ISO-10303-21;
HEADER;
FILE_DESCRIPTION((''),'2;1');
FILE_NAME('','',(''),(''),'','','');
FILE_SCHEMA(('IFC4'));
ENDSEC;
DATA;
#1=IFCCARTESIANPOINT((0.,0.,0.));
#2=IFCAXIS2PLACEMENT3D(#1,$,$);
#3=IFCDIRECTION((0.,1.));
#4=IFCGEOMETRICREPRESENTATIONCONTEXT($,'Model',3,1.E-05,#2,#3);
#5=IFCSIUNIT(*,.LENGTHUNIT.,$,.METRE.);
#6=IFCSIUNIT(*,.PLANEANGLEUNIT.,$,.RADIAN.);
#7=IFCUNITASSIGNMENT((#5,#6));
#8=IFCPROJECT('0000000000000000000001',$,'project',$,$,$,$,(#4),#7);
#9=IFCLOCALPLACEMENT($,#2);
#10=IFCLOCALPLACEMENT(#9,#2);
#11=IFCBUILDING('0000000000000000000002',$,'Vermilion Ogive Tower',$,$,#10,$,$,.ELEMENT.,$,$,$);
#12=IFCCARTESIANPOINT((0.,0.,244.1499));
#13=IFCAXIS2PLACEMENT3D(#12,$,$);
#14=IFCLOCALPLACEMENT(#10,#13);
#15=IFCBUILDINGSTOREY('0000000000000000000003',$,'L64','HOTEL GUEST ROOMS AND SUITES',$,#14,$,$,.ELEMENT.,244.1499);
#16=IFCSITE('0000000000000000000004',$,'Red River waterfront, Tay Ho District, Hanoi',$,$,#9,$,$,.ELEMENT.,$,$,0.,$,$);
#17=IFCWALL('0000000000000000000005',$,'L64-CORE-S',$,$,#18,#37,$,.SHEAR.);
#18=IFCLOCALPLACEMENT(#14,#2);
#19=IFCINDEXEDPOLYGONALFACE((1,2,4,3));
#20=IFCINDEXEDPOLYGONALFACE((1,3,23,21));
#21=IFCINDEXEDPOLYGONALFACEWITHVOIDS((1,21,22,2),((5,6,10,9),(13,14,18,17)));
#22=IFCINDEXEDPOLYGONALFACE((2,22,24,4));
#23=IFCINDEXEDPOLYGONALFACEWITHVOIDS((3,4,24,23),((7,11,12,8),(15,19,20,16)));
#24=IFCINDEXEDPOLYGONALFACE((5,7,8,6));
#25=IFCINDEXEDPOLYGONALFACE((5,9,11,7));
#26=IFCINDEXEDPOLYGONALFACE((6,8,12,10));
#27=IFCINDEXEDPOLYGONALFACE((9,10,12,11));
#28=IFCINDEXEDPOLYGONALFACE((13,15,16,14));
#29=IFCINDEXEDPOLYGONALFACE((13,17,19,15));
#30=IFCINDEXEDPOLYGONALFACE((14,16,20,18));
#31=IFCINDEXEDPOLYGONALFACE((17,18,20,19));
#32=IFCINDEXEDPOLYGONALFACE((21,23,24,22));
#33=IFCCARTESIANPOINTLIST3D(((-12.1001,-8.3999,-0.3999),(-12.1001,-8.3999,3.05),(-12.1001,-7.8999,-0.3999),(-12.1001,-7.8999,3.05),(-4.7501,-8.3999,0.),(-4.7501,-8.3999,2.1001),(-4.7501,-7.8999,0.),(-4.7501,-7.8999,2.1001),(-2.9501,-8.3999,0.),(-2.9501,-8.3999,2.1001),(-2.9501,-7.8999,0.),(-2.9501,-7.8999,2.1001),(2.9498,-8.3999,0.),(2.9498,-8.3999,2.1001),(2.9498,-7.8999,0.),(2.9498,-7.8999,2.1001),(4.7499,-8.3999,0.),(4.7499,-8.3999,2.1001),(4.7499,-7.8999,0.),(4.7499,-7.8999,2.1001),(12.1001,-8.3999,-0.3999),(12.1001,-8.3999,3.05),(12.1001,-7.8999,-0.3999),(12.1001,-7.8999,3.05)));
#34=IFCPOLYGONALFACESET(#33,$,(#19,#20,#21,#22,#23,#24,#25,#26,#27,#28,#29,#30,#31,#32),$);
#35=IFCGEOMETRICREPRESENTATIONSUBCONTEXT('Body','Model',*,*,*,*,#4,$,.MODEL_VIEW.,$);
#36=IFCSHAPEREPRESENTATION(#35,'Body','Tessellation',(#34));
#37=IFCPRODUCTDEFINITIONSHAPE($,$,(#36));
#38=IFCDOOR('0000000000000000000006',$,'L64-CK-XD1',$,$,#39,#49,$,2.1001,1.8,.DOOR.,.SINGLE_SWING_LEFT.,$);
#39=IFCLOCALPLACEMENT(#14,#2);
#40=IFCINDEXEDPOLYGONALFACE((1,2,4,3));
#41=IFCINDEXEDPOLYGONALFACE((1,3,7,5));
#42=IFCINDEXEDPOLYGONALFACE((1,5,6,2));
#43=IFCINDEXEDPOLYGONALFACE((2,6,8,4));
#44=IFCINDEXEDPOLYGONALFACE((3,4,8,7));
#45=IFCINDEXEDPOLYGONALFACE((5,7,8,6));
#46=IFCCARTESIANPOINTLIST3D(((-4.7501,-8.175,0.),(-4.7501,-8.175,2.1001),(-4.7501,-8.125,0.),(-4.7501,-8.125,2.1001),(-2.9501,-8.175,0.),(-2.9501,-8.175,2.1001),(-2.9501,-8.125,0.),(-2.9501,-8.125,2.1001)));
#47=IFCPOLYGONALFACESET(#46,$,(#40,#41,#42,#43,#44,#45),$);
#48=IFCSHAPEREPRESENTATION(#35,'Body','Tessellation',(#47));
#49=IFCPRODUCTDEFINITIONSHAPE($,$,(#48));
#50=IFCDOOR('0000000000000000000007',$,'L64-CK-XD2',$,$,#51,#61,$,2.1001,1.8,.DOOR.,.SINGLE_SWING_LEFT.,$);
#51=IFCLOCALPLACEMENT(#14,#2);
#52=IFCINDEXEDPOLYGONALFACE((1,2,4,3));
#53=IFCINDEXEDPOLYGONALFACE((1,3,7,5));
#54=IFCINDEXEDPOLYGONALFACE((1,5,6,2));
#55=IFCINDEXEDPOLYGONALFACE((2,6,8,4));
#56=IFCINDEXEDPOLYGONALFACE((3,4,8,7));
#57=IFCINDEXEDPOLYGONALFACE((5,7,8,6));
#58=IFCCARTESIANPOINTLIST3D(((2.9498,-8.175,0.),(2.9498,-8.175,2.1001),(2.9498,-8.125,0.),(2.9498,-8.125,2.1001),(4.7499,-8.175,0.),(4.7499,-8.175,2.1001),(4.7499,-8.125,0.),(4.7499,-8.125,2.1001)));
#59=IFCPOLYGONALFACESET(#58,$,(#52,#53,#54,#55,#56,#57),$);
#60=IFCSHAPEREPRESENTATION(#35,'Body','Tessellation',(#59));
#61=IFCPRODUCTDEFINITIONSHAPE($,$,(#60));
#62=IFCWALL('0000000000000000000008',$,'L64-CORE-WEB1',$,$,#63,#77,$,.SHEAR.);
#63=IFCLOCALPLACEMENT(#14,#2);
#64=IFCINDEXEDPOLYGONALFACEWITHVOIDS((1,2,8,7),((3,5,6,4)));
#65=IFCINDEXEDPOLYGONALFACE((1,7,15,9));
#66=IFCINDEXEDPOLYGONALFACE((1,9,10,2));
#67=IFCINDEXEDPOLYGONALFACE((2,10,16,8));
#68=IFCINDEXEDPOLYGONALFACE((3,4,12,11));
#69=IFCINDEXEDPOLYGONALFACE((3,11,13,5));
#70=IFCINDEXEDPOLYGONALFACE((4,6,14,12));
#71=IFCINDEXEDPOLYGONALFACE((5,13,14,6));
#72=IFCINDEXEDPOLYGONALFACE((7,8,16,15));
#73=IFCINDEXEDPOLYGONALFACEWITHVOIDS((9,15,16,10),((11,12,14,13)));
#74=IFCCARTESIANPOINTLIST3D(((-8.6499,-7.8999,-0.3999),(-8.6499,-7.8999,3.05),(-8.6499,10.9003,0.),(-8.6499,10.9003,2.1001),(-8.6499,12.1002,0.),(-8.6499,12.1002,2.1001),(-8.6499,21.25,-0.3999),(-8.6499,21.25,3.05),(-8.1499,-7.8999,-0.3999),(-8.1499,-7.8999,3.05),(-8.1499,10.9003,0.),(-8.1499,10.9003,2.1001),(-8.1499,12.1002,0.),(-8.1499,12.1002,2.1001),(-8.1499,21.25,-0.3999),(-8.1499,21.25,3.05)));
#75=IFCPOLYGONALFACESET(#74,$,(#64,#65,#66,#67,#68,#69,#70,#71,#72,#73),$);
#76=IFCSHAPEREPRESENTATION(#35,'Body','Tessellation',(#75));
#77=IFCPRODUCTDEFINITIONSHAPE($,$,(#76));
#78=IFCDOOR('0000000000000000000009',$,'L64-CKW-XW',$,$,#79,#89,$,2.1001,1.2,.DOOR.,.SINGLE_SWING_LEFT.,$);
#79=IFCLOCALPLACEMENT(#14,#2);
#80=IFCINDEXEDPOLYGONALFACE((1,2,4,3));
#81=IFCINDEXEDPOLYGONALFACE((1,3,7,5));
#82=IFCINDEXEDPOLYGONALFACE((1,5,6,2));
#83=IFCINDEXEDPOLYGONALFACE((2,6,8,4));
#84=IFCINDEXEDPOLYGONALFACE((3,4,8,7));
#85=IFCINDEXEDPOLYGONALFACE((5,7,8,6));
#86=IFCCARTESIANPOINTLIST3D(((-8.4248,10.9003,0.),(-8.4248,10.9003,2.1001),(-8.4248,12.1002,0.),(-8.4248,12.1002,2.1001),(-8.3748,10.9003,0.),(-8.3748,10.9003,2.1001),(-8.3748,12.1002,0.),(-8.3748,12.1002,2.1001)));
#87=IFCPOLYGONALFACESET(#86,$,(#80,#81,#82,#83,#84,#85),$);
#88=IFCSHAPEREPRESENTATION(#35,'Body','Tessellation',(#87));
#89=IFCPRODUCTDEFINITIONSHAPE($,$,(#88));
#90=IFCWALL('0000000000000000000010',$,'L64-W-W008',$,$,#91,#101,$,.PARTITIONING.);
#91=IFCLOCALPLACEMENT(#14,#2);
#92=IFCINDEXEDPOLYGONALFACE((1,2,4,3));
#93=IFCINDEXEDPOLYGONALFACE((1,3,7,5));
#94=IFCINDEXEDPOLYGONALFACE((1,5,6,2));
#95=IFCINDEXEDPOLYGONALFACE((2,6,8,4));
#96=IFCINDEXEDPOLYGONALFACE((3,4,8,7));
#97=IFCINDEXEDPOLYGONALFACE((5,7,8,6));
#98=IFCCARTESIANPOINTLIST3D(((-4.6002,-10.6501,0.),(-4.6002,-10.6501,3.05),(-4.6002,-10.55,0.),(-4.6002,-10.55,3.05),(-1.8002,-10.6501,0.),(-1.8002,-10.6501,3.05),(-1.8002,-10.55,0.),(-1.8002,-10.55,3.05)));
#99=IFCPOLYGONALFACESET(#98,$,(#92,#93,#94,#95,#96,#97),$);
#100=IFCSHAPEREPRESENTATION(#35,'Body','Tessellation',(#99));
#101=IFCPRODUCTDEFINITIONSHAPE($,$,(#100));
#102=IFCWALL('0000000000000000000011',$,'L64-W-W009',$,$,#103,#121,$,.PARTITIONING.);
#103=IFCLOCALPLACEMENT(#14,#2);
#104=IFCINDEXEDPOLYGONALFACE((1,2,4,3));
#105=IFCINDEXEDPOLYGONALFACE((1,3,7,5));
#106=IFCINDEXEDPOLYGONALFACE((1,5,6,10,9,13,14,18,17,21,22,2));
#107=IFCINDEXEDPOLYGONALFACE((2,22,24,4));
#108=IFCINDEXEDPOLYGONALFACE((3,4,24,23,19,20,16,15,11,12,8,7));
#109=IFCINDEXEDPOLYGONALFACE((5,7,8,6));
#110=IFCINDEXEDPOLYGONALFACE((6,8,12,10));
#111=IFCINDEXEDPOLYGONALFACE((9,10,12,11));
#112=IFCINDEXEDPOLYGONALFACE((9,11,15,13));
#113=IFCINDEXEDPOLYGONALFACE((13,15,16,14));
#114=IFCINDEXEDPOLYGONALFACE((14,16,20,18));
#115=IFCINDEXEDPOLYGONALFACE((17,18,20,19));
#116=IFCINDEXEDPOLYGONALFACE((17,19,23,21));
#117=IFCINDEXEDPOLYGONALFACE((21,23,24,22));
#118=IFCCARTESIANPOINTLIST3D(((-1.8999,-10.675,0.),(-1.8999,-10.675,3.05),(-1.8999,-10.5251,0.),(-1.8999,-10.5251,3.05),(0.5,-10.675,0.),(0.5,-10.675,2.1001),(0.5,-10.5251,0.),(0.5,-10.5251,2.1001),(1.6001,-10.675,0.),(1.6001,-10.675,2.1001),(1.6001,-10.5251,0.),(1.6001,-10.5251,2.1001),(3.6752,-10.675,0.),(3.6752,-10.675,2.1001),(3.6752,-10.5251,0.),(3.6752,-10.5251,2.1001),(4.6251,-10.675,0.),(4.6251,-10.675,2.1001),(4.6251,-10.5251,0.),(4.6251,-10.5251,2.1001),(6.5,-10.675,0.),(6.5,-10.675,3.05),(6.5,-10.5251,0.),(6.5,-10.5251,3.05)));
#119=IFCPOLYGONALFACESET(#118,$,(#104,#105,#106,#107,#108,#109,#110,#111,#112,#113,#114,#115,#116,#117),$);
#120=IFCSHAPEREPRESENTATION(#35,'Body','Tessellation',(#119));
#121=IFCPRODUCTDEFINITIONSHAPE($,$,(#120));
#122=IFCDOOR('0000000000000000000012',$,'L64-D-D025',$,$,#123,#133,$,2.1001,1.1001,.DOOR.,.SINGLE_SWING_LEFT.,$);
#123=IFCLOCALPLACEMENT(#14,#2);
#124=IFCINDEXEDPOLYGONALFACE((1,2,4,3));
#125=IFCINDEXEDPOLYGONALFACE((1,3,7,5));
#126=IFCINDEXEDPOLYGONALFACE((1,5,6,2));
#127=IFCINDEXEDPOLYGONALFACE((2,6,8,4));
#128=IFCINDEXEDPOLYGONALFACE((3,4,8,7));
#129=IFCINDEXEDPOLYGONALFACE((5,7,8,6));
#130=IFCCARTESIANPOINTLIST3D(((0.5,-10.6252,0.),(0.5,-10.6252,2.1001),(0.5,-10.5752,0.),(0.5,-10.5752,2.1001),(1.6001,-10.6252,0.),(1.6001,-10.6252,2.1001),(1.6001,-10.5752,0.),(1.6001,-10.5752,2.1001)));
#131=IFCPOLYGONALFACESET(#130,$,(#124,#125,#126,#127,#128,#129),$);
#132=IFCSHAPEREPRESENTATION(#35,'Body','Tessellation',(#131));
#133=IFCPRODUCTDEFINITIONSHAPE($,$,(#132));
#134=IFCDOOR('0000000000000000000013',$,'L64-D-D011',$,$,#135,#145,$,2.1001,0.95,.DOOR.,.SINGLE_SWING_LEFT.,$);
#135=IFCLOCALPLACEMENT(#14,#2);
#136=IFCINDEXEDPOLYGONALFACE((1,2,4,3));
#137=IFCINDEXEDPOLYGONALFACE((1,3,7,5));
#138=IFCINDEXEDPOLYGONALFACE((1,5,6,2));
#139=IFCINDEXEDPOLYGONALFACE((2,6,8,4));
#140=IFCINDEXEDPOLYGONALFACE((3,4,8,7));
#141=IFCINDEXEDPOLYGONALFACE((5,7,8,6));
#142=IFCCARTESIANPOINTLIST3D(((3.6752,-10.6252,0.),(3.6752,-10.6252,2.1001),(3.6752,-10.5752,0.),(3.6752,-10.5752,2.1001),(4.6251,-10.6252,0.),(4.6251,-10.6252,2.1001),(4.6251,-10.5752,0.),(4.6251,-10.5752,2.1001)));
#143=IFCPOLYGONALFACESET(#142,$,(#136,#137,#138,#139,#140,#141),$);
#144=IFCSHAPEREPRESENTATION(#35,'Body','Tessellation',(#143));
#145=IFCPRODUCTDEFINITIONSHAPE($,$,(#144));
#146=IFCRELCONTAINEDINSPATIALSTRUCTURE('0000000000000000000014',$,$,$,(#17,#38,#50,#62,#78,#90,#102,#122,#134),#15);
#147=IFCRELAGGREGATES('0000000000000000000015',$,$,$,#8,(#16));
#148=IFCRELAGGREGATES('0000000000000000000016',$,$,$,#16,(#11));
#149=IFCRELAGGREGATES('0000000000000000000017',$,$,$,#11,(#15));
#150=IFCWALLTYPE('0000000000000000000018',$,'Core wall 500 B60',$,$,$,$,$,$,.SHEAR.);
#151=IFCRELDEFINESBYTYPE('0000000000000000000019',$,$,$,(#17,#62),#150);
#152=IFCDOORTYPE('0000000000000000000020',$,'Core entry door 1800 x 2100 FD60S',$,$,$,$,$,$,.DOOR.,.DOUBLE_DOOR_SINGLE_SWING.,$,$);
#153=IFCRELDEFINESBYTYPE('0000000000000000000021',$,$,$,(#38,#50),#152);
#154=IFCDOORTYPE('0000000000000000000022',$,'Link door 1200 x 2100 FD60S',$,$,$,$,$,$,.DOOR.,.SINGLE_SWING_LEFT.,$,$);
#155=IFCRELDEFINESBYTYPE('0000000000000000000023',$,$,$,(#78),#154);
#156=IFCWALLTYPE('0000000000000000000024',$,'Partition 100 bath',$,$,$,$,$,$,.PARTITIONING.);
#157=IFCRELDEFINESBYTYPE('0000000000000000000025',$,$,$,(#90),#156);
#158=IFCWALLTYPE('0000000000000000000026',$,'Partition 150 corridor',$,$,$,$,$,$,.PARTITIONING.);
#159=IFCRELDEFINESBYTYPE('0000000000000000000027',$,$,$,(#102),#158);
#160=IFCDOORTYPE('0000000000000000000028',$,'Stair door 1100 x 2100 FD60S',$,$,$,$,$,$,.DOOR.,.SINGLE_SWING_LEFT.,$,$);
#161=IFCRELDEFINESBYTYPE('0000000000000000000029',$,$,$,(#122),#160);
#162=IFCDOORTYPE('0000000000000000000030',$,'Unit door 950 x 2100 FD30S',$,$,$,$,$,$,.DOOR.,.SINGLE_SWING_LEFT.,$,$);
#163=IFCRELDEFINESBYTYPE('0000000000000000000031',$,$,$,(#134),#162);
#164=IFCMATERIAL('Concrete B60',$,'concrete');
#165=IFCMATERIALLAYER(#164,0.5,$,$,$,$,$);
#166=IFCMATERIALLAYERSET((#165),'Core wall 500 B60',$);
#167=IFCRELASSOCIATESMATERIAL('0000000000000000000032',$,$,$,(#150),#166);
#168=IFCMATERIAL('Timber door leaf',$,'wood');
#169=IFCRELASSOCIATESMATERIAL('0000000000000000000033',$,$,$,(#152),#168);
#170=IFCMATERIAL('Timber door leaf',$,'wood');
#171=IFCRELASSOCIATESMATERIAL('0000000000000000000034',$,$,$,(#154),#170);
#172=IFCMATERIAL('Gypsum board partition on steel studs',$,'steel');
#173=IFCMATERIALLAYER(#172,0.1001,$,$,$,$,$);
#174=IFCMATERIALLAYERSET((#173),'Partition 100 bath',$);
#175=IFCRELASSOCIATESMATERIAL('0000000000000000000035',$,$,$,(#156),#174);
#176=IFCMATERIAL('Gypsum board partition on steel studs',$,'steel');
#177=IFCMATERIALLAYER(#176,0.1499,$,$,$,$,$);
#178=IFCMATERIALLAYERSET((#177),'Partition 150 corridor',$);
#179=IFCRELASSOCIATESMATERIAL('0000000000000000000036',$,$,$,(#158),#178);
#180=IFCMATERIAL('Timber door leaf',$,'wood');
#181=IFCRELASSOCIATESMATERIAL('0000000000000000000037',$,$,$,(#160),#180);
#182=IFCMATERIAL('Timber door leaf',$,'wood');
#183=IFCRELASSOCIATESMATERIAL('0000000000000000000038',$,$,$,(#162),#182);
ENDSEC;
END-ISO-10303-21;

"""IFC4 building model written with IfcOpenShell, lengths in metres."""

from ifc_helpers import new_model, si_unit, direction, frame, frame_2d, origin, place, context, subcontext, project, spatial, rectangle, extrude, material, layer, layer_set, type_object, element, fill, save


model = new_model("IFC4")

# Units and contexts
model_context = context("Model", 3, precision=1e-05, world=origin(), true_north=direction((0.0, 1.0)))
body_context = subcontext(model_context, "Body", "Model", "MODEL_VIEW")
ifc_project = project(units=[si_unit("LENGTHUNIT", "METRE"), si_unit("PLANEANGLEUNIT", "RADIAN")], contexts=[model_context])

# Site, building, storey
site_placement = place(None, origin())
site = spatial("IfcSite", under=ifc_project, at=site_placement, Name="Red River waterfront, Tay Ho District, Hanoi", CompositionType="ELEMENT", RefElevation=0.0)
building_placement = place(site_placement, origin())
building = spatial("IfcBuilding", under=site, at=building_placement, Name="Vermilion Ogive Tower", CompositionType="ELEMENT")
storey_placement = place(building_placement, frame((0.0, 0.0, 244.1499)))
storey = spatial("IfcBuildingStorey", under=building, at=storey_placement, Name="L64", Description="HOTEL GUEST ROOMS AND SUITES", CompositionType="ELEMENT", Elevation=244.1499)

# Wall, openings, doors
ifc_material_1 = material(Name="Concrete B60", Category="concrete")
ifc_layer_1 = layer(ifc_material_1, 0.5)
ifc_layer_set_1 = layer_set([ifc_layer_1], Name="Core wall 500 B60")
wall_type_1 = type_object("IfcWallType", Name="Core wall 500 B60", PredefinedType="SHEAR", material=ifc_layer_set_1)
wall_1_placement = place(storey_placement, frame((-12.1001, -8.1499, -0.3999), z_axis=(0.0, 0.0, 1.0), x_axis=(1.0, 0.0, 0.0)))
wall_1 = element("IfcWall", 1, at=wall_1_placement, inside=storey, type_object=wall_type_1, Name="L64-CORE-S", PredefinedType="SHEAR", context=body_context, shape_type="SweptSolid", body=[
    extrude(rectangle(XDim=24.2002, YDim=0.5, at=frame_2d((12.1001, 0.0))), origin(), (0.0, 0.0, 1.0), 3.45),
])
opening_1_placement = place(wall_1_placement, frame((7.3501, 0.0, 0.3999)))
opening_1 = element("IfcOpeningElement", 2, at=opening_1_placement, cuts=wall_1, PredefinedType="OPENING", context=body_context, shape_type="SweptSolid", body=[
    extrude(rectangle(XDim=1.8, YDim=2.1001, at=frame_2d((0.8999, 1.05))), frame((0.0, 0.26, 0.0), z_axis=(0.0, -1.0, 0.0), x_axis=(1.0, 0.0, 0.0)), (0.0, 0.0, 1.0), 0.52),
])
opening_2_placement = place(wall_1_placement, frame((15.05, 0.0, 0.3999)))
opening_2 = element("IfcOpeningElement", 3, at=opening_2_placement, cuts=wall_1, PredefinedType="OPENING", context=body_context, shape_type="SweptSolid", body=[
    extrude(rectangle(XDim=1.8, YDim=2.1001, at=frame_2d((0.8999, 1.05))), frame((0.0, 0.26, 0.0), z_axis=(0.0, -1.0, 0.0), x_axis=(1.0, 0.0, 0.0)), (0.0, 0.0, 1.0), 0.52),
])
ifc_material_2 = material(Name="Timber door leaf", Category="wood")
door_type_1 = type_object("IfcDoorType", Name="Core entry door 1800 x 2100 FD60S", OperationType="DOUBLE_DOOR_SINGLE_SWING", PredefinedType="DOOR", material=ifc_material_2)
door_1_placement = place(opening_1_placement, origin())
door_1 = element("IfcDoor", 4, at=door_1_placement, inside=storey, type_object=door_type_1, Name="L64-CK-XD1", OperationType="SINGLE_SWING_LEFT", OverallHeight=2.1001, OverallWidth=1.8, PredefinedType="DOOR", context=body_context, shape_type="SweptSolid", body=[
    extrude(rectangle(XDim=1.8, YDim=2.1001, at=frame_2d((0.8999, 1.05))), frame((0.0, 0.0249, 0.0), z_axis=(0.0, -1.0, 0.0), x_axis=(1.0, 0.0, 0.0)), (0.0, 0.0, 1.0), 0.05),
])
fill(opening_1, door_1)
door_2_placement = place(opening_2_placement, origin())
door_2 = element("IfcDoor", 5, at=door_2_placement, inside=storey, type_object=door_type_1, Name="L64-CK-XD2", OperationType="SINGLE_SWING_LEFT", OverallHeight=2.1001, OverallWidth=1.8, PredefinedType="DOOR", context=body_context, shape_type="SweptSolid", body=[
    extrude(rectangle(XDim=1.8, YDim=2.1001, at=frame_2d((0.8999, 1.05))), frame((0.0, 0.0249, 0.0), z_axis=(0.0, -1.0, 0.0), x_axis=(1.0, 0.0, 0.0)), (0.0, 0.0, 1.0), 0.05),
])
fill(opening_2, door_2)

# Wall, opening, door
wall_2_placement = place(storey_placement, frame((-8.3999, -7.8999, -0.3999), z_axis=(0.0, 0.0, 1.0), x_axis=(0.0, 1.0, 0.0)))
wall_2 = element("IfcWall", 6, at=wall_2_placement, inside=storey, type_object=wall_type_1, Name="L64-CORE-WEB1", PredefinedType="SHEAR", context=body_context, shape_type="SweptSolid", body=[
    extrude(rectangle(XDim=29.1499, YDim=0.5, at=frame_2d((14.575, 0.0))), origin(), (0.0, 0.0, 1.0), 3.45),
])
opening_3_placement = place(wall_2_placement, frame((18.8, 0.0, 0.3999)))
opening_3 = element("IfcOpeningElement", 7, at=opening_3_placement, cuts=wall_2, PredefinedType="OPENING", context=body_context, shape_type="SweptSolid", body=[
    extrude(rectangle(XDim=1.2, YDim=2.1001, at=frame_2d((0.6001, 1.05))), frame((0.0, 0.26, 0.0), z_axis=(0.0, -1.0, 0.0), x_axis=(1.0, 0.0, 0.0)), (0.0, 0.0, 1.0), 0.52),
])
ifc_material_3 = material(Name="Timber door leaf", Category="wood")
door_type_2 = type_object("IfcDoorType", Name="Link door 1200 x 2100 FD60S", OperationType="SINGLE_SWING_LEFT", PredefinedType="DOOR", material=ifc_material_3)
door_3_placement = place(opening_3_placement, origin())
door_3 = element("IfcDoor", 8, at=door_3_placement, inside=storey, type_object=door_type_2, Name="L64-CKW-XW", OperationType="SINGLE_SWING_LEFT", OverallHeight=2.1001, OverallWidth=1.2, PredefinedType="DOOR", context=body_context, shape_type="SweptSolid", body=[
    extrude(rectangle(XDim=1.2, YDim=2.1001, at=frame_2d((0.6001, 1.05))), frame((0.0, 0.0249, 0.0), z_axis=(0.0, -1.0, 0.0), x_axis=(1.0, 0.0, 0.0)), (0.0, 0.0, 1.0), 0.05),
])
fill(opening_3, door_3)

# Wall
ifc_material_4 = material(Name="Gypsum board partition on steel studs", Category="steel")
ifc_layer_2 = layer(ifc_material_4, 0.1001)
ifc_layer_set_2 = layer_set([ifc_layer_2], Name="Partition 100 bath")
wall_type_2 = type_object("IfcWallType", Name="Partition 100 bath", PredefinedType="PARTITIONING", material=ifc_layer_set_2)
wall_3_placement = place(storey_placement, frame((-4.6001, -10.6001, 0.0), z_axis=(0.0, 0.0, 1.0), x_axis=(1.0, 0.0, 0.0)))
element("IfcWall", 9, at=wall_3_placement, inside=storey, type_object=wall_type_2, Name="L64-W-W008", PredefinedType="PARTITIONING", context=body_context, shape_type="SweptSolid", body=[
    extrude(rectangle(XDim=2.8, YDim=0.1001, at=frame_2d((1.3999, 0.0))), origin(), (0.0, 0.0, 1.0), 3.05),
])

# Wall, openings, doors
ifc_material_5 = material(Name="Gypsum board partition on steel studs", Category="steel")
ifc_layer_3 = layer(ifc_material_5, 0.1499)
ifc_layer_set_3 = layer_set([ifc_layer_3], Name="Partition 150 corridor")
wall_type_3 = type_object("IfcWallType", Name="Partition 150 corridor", PredefinedType="PARTITIONING", material=ifc_layer_set_3)
wall_4_placement = place(storey_placement, frame((-1.8999, -10.6001, 0.0), z_axis=(0.0, 0.0, 1.0), x_axis=(1.0, 0.0, 0.0)))
wall_4 = element("IfcWall", 10, at=wall_4_placement, inside=storey, type_object=wall_type_3, Name="L64-W-W009", PredefinedType="PARTITIONING", context=body_context, shape_type="SweptSolid", body=[
    extrude(rectangle(XDim=8.3999, YDim=0.1499, at=frame_2d((4.2, 0.0))), origin(), (0.0, 0.0, 1.0), 3.05),
])
opening_4_placement = place(wall_4_placement, frame((5.575, 0.0, 0.0)))
opening_4 = element("IfcOpeningElement", 11, at=opening_4_placement, cuts=wall_4, PredefinedType="OPENING", context=body_context, shape_type="SweptSolid", body=[
    extrude(rectangle(XDim=0.95, YDim=2.1001, at=frame_2d((0.4751, 1.05))), frame((0.0, 0.085, 0.0), z_axis=(0.0, -1.0, 0.0), x_axis=(1.0, 0.0, 0.0)), (0.0, 0.0, 1.0), 0.1699),
])
opening_5_placement = place(wall_4_placement, frame((2.3999, 0.0, 0.0)))
opening_5 = element("IfcOpeningElement", 12, at=opening_5_placement, cuts=wall_4, PredefinedType="OPENING", context=body_context, shape_type="SweptSolid", body=[
    extrude(rectangle(XDim=1.1001, YDim=2.1001, at=frame_2d((0.55, 1.05))), frame((0.0, 0.085, 0.0), z_axis=(0.0, -1.0, 0.0), x_axis=(1.0, 0.0, 0.0)), (0.0, 0.0, 1.0), 0.1699),
])
ifc_material_6 = material(Name="Timber door leaf", Category="wood")
door_type_3 = type_object("IfcDoorType", Name="Stair door 1100 x 2100 FD60S", OperationType="SINGLE_SWING_LEFT", PredefinedType="DOOR", material=ifc_material_6)
door_4_placement = place(opening_5_placement, origin())
door_4 = element("IfcDoor", 13, at=door_4_placement, inside=storey, type_object=door_type_3, Name="L64-D-D025", OperationType="SINGLE_SWING_LEFT", OverallHeight=2.1001, OverallWidth=1.1001, PredefinedType="DOOR", context=body_context, shape_type="SweptSolid", body=[
    extrude(rectangle(XDim=1.1001, YDim=2.1001, at=frame_2d((0.55, 1.05))), frame((0.0, 0.0249, 0.0), z_axis=(0.0, -1.0, 0.0), x_axis=(1.0, 0.0, 0.0)), (0.0, 0.0, 1.0), 0.05),
])
fill(opening_5, door_4)
ifc_material_7 = material(Name="Timber door leaf", Category="wood")
door_type_4 = type_object("IfcDoorType", Name="Unit door 950 x 2100 FD30S", OperationType="SINGLE_SWING_LEFT", PredefinedType="DOOR", material=ifc_material_7)
door_5_placement = place(opening_4_placement, origin())
door_5 = element("IfcDoor", 14, at=door_5_placement, inside=storey, type_object=door_type_4, Name="L64-D-D011", OperationType="SINGLE_SWING_LEFT", OverallHeight=2.1001, OverallWidth=0.95, PredefinedType="DOOR", context=body_context, shape_type="SweptSolid", body=[
    extrude(rectangle(XDim=0.95, YDim=2.1001, at=frame_2d((0.4751, 1.05))), frame((0.0, 0.0249, 0.0), z_axis=(0.0, -1.0, 0.0), x_axis=(1.0, 0.0, 0.0)), (0.0, 0.0, 1.0), 0.05),
])
fill(opening_4, door_5)

save(model, "model.ifc")
